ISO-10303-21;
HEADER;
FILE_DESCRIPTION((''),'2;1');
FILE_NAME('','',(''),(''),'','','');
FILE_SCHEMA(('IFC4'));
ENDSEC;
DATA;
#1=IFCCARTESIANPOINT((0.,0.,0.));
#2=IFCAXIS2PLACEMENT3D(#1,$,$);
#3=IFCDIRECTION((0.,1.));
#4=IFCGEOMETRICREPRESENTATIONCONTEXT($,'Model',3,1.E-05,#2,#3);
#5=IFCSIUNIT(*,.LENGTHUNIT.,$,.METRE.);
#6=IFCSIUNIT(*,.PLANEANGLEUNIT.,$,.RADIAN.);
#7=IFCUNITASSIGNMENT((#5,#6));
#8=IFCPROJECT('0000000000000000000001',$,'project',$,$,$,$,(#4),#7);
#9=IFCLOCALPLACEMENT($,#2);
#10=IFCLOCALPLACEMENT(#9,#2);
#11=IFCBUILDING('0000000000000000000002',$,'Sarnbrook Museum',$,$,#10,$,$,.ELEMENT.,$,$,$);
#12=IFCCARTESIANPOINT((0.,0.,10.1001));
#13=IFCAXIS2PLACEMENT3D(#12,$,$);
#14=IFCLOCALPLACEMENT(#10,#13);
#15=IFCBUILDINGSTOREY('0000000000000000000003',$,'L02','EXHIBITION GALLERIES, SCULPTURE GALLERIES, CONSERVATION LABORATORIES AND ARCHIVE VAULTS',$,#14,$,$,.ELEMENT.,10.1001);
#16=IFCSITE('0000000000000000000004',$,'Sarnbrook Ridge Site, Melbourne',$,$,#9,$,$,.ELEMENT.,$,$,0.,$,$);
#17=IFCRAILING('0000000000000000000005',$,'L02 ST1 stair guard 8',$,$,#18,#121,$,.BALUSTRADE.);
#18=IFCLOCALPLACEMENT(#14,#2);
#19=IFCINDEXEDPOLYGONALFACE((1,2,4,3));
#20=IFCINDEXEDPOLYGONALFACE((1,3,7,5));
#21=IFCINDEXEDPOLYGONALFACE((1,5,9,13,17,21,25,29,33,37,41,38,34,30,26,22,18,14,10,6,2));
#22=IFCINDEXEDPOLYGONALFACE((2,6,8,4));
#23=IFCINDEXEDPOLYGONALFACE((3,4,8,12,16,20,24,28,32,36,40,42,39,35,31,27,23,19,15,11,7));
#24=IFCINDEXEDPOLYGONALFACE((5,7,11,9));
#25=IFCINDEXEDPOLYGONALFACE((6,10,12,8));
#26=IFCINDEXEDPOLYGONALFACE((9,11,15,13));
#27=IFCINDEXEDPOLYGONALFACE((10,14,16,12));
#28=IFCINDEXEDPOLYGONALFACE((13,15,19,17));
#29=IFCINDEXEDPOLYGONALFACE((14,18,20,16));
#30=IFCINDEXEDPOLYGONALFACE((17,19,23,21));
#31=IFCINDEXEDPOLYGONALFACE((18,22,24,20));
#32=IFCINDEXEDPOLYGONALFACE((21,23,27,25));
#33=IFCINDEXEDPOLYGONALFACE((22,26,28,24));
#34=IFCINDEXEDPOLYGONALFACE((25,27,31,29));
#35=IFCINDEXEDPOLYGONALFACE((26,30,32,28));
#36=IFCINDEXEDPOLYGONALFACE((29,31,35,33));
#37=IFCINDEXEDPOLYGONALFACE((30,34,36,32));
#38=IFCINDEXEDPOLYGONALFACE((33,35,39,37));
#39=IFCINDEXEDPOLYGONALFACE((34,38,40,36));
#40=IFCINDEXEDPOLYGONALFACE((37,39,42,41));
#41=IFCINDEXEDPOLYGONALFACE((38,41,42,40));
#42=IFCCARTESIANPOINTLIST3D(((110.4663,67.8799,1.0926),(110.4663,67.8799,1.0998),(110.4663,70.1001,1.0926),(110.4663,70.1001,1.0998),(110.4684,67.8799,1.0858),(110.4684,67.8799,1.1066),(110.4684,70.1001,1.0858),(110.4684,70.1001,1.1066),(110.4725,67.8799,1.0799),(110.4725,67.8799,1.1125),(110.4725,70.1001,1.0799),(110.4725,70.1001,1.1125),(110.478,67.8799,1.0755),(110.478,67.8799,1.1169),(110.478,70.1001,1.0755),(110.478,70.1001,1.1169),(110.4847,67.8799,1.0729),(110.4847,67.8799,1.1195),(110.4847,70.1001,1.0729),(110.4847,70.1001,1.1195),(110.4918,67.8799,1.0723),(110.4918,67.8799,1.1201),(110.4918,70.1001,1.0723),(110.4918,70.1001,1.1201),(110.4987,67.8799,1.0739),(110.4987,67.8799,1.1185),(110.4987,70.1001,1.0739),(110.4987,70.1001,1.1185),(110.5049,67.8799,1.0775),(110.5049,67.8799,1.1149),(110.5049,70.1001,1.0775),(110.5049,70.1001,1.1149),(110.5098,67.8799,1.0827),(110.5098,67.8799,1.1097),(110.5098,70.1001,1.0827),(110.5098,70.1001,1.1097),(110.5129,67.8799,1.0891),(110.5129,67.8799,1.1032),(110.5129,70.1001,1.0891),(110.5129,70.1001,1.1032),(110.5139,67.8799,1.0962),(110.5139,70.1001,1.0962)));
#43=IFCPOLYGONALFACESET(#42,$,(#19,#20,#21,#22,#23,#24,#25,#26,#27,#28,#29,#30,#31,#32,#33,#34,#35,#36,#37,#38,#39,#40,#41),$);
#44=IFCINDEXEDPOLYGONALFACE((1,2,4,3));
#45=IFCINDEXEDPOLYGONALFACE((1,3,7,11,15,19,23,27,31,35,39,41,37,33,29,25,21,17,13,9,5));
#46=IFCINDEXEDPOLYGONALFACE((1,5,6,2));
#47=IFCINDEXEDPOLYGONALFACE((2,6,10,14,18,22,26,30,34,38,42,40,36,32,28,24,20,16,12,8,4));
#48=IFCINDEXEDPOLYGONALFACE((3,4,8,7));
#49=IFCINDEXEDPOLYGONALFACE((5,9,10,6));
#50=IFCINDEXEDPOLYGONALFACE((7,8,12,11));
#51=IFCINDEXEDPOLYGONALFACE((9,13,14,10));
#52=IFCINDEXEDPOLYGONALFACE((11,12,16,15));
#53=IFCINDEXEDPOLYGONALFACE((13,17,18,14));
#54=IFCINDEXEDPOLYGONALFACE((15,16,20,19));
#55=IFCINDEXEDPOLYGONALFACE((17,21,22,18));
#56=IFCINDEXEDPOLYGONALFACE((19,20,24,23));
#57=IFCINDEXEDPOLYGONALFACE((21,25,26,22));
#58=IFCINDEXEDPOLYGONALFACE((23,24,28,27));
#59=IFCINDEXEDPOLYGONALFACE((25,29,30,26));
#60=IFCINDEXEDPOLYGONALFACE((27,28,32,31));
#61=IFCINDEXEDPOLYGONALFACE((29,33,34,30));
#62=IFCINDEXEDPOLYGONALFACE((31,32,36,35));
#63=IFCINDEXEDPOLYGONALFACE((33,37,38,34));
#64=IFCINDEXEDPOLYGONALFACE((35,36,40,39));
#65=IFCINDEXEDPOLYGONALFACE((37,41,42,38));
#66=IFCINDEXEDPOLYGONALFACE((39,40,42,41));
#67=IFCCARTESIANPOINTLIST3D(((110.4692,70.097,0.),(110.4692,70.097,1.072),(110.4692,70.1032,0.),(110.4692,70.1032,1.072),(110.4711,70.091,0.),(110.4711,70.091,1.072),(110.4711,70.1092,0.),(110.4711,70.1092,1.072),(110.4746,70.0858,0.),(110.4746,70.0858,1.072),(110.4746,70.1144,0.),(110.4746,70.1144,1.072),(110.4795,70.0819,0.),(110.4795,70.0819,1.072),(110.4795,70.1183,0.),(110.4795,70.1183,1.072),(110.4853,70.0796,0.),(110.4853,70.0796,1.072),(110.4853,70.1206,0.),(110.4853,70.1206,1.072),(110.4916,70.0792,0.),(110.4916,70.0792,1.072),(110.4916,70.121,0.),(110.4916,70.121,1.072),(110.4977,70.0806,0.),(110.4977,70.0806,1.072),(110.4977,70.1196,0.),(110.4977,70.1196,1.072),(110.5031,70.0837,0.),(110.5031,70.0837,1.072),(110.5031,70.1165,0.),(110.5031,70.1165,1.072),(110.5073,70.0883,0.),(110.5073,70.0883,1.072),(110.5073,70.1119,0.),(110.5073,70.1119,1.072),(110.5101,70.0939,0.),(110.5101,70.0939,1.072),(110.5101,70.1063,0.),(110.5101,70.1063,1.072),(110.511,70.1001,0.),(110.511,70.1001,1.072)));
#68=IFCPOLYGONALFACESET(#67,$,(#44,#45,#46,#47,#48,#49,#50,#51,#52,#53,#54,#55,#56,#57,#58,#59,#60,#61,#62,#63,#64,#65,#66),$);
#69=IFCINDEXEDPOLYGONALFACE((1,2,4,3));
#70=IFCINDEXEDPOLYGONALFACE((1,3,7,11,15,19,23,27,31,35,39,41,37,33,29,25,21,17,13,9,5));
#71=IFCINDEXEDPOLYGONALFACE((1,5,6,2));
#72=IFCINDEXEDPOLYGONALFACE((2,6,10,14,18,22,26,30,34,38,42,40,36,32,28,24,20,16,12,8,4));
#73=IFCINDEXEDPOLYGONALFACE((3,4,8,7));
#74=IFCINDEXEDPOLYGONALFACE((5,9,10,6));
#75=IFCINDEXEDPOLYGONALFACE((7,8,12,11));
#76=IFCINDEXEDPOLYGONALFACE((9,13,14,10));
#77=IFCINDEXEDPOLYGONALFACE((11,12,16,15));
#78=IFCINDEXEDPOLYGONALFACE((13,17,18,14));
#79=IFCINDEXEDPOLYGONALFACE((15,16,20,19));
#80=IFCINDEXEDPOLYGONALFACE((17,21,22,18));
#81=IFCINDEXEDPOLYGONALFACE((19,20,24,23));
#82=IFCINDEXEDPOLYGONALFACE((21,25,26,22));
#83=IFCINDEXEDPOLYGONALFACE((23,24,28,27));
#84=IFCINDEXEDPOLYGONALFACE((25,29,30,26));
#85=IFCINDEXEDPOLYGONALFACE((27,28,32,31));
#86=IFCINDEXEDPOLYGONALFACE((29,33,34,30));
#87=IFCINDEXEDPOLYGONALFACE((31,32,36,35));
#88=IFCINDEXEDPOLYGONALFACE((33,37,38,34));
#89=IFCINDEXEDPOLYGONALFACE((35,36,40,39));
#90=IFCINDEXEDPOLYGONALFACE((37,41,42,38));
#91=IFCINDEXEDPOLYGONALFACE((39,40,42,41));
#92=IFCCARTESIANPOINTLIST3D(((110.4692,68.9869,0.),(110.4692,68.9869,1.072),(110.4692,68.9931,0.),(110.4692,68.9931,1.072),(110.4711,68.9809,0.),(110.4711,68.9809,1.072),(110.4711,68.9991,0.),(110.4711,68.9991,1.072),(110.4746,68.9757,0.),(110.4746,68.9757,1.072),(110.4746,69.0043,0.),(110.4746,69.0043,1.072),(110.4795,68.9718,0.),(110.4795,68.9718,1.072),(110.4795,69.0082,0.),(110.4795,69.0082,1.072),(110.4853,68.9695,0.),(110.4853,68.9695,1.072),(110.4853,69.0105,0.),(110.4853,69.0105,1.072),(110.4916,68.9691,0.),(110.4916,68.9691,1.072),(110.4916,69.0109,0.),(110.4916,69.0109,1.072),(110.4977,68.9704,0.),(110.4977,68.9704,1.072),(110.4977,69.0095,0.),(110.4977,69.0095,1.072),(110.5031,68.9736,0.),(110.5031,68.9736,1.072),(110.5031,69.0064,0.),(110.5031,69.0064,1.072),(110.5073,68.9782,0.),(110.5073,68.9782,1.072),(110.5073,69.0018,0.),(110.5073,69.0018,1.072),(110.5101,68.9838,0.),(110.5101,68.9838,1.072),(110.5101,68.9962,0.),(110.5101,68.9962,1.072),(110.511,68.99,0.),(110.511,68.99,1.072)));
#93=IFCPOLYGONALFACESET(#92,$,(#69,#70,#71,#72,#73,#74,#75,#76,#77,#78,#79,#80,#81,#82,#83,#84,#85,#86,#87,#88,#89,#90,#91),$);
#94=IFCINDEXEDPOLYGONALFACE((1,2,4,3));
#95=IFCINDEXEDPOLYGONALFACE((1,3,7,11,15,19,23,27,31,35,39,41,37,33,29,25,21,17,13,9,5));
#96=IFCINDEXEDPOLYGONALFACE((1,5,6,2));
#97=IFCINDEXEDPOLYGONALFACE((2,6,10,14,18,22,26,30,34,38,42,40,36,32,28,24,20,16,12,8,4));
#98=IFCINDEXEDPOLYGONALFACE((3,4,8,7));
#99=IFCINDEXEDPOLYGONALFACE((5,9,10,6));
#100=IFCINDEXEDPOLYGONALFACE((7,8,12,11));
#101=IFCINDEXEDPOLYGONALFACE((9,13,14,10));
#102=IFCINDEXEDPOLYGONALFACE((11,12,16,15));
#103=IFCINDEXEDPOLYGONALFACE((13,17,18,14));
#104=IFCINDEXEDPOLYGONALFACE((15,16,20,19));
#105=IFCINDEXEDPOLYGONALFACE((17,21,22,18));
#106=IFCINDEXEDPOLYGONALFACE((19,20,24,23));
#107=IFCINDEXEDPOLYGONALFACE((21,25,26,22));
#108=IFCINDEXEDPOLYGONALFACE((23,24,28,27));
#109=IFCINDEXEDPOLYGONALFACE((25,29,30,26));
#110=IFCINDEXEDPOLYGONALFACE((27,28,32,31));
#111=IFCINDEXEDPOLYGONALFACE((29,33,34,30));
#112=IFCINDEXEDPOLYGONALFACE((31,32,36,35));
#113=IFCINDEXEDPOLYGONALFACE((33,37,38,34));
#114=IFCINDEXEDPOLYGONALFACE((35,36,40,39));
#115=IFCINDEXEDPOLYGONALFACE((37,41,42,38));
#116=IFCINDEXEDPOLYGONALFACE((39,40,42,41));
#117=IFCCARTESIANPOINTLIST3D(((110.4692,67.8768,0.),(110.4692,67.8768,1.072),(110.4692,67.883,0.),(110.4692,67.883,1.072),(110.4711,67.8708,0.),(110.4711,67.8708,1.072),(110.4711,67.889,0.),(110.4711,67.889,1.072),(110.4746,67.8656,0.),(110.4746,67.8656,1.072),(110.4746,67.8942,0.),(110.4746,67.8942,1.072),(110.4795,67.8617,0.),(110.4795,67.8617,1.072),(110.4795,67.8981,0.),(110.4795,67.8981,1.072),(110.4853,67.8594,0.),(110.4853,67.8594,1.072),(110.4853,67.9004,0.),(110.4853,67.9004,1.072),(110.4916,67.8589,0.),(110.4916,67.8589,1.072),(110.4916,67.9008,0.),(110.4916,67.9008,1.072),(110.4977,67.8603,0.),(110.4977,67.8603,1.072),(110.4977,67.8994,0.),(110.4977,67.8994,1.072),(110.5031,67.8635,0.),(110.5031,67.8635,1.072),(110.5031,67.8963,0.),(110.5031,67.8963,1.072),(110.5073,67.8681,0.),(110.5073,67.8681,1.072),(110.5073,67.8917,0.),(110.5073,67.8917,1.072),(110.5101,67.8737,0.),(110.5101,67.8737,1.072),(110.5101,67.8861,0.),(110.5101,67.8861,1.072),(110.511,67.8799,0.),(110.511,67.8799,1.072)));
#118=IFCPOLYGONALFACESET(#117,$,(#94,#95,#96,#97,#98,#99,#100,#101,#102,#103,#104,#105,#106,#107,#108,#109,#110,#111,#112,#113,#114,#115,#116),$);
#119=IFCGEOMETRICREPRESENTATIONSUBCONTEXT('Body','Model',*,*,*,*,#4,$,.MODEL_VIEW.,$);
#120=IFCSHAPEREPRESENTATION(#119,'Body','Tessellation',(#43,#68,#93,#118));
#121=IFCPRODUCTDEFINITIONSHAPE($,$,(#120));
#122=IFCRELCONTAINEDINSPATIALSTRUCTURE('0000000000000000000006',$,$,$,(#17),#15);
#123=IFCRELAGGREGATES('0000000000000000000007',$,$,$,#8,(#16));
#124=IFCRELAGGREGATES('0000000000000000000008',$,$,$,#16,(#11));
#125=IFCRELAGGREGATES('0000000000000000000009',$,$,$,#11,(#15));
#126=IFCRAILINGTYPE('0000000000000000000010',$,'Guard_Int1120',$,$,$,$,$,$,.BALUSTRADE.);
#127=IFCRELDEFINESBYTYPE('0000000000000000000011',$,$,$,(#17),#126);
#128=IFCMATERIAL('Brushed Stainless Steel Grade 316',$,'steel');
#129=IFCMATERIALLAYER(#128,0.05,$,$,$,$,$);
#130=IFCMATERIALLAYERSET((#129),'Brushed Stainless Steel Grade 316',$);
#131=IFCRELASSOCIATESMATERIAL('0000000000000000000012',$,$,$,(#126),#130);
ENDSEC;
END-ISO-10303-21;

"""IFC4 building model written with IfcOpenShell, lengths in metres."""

from ifc_helpers import new_model, si_unit, direction, frame, origin, origin_2d, place, context, subcontext, project, spatial, circle, extrude, material, layer, layer_set, type_object, element, save


model = new_model("IFC4")

# Units and contexts
model_context = context("Model", 3, precision=1e-05, world=origin(), true_north=direction((0.0, 1.0)))
body_context = subcontext(model_context, "Body", "Model", "MODEL_VIEW")
ifc_project = project(units=[si_unit("LENGTHUNIT", "METRE"), si_unit("PLANEANGLEUNIT", "RADIAN")], contexts=[model_context])

# Site, building, storey
site_placement = place(None, origin())
site = spatial("IfcSite", under=ifc_project, at=site_placement, Name="Sarnbrook Ridge Site, Melbourne", CompositionType="ELEMENT", RefElevation=0.0)
building_placement = place(site_placement, origin())
building = spatial("IfcBuilding", under=site, at=building_placement, Name="Sarnbrook Museum", CompositionType="ELEMENT")
storey_placement = place(building_placement, frame((0.0, 0.0, 10.1001)))
storey = spatial("IfcBuildingStorey", under=building, at=storey_placement, Name="L02", Description="EXHIBITION GALLERIES, SCULPTURE GALLERIES, CONSERVATION LABORATORIES AND ARCHIVE VAULTS", CompositionType="ELEMENT", Elevation=10.1001)

# Railing
ifc_material_1 = material(Name="Brushed Stainless Steel Grade 316", Category="steel")
ifc_layer_1 = layer(ifc_material_1, 0.05)
ifc_layer_set_1 = layer_set([ifc_layer_1], Name="Brushed Stainless Steel Grade 316")
railing_type = type_object("IfcRailingType", Name="Guard_Int1120", PredefinedType="BALUSTRADE", material=ifc_layer_set_1)
for number, where, name in (
    (1, (110.49, 70.1001, 0.0), "L02 ST1 stair guard 8"),
):
    element("IfcRailing", number, at=place(storey_placement, frame(where)), inside=storey, type_object=railing_type, Name=name, PredefinedType="BALUSTRADE", context=body_context, shape_type="SweptSolid", body=[
        extrude(circle(Radius=0.0239, at=origin_2d()), frame((0.0, 0.0, 1.0962), z_axis=(0.0, -1.0, 0.0), x_axis=(1.0, 0.0, 0.0)), (0.0, 0.0, 1.0), 2.2202),
        extrude(circle(Radius=0.021, at=origin_2d()), origin(), (0.0, 0.0, 1.0), 1.072),
        extrude(circle(Radius=0.021, at=origin_2d()), frame((0.0, -1.1101, 0.0)), (0.0, 0.0, 1.0), 1.072),
        extrude(circle(Radius=0.021, at=origin_2d()), frame((0.0, -2.2202, 0.0)), (0.0, 0.0, 1.0), 1.072),
    ])

save(model, "model.ifc")
